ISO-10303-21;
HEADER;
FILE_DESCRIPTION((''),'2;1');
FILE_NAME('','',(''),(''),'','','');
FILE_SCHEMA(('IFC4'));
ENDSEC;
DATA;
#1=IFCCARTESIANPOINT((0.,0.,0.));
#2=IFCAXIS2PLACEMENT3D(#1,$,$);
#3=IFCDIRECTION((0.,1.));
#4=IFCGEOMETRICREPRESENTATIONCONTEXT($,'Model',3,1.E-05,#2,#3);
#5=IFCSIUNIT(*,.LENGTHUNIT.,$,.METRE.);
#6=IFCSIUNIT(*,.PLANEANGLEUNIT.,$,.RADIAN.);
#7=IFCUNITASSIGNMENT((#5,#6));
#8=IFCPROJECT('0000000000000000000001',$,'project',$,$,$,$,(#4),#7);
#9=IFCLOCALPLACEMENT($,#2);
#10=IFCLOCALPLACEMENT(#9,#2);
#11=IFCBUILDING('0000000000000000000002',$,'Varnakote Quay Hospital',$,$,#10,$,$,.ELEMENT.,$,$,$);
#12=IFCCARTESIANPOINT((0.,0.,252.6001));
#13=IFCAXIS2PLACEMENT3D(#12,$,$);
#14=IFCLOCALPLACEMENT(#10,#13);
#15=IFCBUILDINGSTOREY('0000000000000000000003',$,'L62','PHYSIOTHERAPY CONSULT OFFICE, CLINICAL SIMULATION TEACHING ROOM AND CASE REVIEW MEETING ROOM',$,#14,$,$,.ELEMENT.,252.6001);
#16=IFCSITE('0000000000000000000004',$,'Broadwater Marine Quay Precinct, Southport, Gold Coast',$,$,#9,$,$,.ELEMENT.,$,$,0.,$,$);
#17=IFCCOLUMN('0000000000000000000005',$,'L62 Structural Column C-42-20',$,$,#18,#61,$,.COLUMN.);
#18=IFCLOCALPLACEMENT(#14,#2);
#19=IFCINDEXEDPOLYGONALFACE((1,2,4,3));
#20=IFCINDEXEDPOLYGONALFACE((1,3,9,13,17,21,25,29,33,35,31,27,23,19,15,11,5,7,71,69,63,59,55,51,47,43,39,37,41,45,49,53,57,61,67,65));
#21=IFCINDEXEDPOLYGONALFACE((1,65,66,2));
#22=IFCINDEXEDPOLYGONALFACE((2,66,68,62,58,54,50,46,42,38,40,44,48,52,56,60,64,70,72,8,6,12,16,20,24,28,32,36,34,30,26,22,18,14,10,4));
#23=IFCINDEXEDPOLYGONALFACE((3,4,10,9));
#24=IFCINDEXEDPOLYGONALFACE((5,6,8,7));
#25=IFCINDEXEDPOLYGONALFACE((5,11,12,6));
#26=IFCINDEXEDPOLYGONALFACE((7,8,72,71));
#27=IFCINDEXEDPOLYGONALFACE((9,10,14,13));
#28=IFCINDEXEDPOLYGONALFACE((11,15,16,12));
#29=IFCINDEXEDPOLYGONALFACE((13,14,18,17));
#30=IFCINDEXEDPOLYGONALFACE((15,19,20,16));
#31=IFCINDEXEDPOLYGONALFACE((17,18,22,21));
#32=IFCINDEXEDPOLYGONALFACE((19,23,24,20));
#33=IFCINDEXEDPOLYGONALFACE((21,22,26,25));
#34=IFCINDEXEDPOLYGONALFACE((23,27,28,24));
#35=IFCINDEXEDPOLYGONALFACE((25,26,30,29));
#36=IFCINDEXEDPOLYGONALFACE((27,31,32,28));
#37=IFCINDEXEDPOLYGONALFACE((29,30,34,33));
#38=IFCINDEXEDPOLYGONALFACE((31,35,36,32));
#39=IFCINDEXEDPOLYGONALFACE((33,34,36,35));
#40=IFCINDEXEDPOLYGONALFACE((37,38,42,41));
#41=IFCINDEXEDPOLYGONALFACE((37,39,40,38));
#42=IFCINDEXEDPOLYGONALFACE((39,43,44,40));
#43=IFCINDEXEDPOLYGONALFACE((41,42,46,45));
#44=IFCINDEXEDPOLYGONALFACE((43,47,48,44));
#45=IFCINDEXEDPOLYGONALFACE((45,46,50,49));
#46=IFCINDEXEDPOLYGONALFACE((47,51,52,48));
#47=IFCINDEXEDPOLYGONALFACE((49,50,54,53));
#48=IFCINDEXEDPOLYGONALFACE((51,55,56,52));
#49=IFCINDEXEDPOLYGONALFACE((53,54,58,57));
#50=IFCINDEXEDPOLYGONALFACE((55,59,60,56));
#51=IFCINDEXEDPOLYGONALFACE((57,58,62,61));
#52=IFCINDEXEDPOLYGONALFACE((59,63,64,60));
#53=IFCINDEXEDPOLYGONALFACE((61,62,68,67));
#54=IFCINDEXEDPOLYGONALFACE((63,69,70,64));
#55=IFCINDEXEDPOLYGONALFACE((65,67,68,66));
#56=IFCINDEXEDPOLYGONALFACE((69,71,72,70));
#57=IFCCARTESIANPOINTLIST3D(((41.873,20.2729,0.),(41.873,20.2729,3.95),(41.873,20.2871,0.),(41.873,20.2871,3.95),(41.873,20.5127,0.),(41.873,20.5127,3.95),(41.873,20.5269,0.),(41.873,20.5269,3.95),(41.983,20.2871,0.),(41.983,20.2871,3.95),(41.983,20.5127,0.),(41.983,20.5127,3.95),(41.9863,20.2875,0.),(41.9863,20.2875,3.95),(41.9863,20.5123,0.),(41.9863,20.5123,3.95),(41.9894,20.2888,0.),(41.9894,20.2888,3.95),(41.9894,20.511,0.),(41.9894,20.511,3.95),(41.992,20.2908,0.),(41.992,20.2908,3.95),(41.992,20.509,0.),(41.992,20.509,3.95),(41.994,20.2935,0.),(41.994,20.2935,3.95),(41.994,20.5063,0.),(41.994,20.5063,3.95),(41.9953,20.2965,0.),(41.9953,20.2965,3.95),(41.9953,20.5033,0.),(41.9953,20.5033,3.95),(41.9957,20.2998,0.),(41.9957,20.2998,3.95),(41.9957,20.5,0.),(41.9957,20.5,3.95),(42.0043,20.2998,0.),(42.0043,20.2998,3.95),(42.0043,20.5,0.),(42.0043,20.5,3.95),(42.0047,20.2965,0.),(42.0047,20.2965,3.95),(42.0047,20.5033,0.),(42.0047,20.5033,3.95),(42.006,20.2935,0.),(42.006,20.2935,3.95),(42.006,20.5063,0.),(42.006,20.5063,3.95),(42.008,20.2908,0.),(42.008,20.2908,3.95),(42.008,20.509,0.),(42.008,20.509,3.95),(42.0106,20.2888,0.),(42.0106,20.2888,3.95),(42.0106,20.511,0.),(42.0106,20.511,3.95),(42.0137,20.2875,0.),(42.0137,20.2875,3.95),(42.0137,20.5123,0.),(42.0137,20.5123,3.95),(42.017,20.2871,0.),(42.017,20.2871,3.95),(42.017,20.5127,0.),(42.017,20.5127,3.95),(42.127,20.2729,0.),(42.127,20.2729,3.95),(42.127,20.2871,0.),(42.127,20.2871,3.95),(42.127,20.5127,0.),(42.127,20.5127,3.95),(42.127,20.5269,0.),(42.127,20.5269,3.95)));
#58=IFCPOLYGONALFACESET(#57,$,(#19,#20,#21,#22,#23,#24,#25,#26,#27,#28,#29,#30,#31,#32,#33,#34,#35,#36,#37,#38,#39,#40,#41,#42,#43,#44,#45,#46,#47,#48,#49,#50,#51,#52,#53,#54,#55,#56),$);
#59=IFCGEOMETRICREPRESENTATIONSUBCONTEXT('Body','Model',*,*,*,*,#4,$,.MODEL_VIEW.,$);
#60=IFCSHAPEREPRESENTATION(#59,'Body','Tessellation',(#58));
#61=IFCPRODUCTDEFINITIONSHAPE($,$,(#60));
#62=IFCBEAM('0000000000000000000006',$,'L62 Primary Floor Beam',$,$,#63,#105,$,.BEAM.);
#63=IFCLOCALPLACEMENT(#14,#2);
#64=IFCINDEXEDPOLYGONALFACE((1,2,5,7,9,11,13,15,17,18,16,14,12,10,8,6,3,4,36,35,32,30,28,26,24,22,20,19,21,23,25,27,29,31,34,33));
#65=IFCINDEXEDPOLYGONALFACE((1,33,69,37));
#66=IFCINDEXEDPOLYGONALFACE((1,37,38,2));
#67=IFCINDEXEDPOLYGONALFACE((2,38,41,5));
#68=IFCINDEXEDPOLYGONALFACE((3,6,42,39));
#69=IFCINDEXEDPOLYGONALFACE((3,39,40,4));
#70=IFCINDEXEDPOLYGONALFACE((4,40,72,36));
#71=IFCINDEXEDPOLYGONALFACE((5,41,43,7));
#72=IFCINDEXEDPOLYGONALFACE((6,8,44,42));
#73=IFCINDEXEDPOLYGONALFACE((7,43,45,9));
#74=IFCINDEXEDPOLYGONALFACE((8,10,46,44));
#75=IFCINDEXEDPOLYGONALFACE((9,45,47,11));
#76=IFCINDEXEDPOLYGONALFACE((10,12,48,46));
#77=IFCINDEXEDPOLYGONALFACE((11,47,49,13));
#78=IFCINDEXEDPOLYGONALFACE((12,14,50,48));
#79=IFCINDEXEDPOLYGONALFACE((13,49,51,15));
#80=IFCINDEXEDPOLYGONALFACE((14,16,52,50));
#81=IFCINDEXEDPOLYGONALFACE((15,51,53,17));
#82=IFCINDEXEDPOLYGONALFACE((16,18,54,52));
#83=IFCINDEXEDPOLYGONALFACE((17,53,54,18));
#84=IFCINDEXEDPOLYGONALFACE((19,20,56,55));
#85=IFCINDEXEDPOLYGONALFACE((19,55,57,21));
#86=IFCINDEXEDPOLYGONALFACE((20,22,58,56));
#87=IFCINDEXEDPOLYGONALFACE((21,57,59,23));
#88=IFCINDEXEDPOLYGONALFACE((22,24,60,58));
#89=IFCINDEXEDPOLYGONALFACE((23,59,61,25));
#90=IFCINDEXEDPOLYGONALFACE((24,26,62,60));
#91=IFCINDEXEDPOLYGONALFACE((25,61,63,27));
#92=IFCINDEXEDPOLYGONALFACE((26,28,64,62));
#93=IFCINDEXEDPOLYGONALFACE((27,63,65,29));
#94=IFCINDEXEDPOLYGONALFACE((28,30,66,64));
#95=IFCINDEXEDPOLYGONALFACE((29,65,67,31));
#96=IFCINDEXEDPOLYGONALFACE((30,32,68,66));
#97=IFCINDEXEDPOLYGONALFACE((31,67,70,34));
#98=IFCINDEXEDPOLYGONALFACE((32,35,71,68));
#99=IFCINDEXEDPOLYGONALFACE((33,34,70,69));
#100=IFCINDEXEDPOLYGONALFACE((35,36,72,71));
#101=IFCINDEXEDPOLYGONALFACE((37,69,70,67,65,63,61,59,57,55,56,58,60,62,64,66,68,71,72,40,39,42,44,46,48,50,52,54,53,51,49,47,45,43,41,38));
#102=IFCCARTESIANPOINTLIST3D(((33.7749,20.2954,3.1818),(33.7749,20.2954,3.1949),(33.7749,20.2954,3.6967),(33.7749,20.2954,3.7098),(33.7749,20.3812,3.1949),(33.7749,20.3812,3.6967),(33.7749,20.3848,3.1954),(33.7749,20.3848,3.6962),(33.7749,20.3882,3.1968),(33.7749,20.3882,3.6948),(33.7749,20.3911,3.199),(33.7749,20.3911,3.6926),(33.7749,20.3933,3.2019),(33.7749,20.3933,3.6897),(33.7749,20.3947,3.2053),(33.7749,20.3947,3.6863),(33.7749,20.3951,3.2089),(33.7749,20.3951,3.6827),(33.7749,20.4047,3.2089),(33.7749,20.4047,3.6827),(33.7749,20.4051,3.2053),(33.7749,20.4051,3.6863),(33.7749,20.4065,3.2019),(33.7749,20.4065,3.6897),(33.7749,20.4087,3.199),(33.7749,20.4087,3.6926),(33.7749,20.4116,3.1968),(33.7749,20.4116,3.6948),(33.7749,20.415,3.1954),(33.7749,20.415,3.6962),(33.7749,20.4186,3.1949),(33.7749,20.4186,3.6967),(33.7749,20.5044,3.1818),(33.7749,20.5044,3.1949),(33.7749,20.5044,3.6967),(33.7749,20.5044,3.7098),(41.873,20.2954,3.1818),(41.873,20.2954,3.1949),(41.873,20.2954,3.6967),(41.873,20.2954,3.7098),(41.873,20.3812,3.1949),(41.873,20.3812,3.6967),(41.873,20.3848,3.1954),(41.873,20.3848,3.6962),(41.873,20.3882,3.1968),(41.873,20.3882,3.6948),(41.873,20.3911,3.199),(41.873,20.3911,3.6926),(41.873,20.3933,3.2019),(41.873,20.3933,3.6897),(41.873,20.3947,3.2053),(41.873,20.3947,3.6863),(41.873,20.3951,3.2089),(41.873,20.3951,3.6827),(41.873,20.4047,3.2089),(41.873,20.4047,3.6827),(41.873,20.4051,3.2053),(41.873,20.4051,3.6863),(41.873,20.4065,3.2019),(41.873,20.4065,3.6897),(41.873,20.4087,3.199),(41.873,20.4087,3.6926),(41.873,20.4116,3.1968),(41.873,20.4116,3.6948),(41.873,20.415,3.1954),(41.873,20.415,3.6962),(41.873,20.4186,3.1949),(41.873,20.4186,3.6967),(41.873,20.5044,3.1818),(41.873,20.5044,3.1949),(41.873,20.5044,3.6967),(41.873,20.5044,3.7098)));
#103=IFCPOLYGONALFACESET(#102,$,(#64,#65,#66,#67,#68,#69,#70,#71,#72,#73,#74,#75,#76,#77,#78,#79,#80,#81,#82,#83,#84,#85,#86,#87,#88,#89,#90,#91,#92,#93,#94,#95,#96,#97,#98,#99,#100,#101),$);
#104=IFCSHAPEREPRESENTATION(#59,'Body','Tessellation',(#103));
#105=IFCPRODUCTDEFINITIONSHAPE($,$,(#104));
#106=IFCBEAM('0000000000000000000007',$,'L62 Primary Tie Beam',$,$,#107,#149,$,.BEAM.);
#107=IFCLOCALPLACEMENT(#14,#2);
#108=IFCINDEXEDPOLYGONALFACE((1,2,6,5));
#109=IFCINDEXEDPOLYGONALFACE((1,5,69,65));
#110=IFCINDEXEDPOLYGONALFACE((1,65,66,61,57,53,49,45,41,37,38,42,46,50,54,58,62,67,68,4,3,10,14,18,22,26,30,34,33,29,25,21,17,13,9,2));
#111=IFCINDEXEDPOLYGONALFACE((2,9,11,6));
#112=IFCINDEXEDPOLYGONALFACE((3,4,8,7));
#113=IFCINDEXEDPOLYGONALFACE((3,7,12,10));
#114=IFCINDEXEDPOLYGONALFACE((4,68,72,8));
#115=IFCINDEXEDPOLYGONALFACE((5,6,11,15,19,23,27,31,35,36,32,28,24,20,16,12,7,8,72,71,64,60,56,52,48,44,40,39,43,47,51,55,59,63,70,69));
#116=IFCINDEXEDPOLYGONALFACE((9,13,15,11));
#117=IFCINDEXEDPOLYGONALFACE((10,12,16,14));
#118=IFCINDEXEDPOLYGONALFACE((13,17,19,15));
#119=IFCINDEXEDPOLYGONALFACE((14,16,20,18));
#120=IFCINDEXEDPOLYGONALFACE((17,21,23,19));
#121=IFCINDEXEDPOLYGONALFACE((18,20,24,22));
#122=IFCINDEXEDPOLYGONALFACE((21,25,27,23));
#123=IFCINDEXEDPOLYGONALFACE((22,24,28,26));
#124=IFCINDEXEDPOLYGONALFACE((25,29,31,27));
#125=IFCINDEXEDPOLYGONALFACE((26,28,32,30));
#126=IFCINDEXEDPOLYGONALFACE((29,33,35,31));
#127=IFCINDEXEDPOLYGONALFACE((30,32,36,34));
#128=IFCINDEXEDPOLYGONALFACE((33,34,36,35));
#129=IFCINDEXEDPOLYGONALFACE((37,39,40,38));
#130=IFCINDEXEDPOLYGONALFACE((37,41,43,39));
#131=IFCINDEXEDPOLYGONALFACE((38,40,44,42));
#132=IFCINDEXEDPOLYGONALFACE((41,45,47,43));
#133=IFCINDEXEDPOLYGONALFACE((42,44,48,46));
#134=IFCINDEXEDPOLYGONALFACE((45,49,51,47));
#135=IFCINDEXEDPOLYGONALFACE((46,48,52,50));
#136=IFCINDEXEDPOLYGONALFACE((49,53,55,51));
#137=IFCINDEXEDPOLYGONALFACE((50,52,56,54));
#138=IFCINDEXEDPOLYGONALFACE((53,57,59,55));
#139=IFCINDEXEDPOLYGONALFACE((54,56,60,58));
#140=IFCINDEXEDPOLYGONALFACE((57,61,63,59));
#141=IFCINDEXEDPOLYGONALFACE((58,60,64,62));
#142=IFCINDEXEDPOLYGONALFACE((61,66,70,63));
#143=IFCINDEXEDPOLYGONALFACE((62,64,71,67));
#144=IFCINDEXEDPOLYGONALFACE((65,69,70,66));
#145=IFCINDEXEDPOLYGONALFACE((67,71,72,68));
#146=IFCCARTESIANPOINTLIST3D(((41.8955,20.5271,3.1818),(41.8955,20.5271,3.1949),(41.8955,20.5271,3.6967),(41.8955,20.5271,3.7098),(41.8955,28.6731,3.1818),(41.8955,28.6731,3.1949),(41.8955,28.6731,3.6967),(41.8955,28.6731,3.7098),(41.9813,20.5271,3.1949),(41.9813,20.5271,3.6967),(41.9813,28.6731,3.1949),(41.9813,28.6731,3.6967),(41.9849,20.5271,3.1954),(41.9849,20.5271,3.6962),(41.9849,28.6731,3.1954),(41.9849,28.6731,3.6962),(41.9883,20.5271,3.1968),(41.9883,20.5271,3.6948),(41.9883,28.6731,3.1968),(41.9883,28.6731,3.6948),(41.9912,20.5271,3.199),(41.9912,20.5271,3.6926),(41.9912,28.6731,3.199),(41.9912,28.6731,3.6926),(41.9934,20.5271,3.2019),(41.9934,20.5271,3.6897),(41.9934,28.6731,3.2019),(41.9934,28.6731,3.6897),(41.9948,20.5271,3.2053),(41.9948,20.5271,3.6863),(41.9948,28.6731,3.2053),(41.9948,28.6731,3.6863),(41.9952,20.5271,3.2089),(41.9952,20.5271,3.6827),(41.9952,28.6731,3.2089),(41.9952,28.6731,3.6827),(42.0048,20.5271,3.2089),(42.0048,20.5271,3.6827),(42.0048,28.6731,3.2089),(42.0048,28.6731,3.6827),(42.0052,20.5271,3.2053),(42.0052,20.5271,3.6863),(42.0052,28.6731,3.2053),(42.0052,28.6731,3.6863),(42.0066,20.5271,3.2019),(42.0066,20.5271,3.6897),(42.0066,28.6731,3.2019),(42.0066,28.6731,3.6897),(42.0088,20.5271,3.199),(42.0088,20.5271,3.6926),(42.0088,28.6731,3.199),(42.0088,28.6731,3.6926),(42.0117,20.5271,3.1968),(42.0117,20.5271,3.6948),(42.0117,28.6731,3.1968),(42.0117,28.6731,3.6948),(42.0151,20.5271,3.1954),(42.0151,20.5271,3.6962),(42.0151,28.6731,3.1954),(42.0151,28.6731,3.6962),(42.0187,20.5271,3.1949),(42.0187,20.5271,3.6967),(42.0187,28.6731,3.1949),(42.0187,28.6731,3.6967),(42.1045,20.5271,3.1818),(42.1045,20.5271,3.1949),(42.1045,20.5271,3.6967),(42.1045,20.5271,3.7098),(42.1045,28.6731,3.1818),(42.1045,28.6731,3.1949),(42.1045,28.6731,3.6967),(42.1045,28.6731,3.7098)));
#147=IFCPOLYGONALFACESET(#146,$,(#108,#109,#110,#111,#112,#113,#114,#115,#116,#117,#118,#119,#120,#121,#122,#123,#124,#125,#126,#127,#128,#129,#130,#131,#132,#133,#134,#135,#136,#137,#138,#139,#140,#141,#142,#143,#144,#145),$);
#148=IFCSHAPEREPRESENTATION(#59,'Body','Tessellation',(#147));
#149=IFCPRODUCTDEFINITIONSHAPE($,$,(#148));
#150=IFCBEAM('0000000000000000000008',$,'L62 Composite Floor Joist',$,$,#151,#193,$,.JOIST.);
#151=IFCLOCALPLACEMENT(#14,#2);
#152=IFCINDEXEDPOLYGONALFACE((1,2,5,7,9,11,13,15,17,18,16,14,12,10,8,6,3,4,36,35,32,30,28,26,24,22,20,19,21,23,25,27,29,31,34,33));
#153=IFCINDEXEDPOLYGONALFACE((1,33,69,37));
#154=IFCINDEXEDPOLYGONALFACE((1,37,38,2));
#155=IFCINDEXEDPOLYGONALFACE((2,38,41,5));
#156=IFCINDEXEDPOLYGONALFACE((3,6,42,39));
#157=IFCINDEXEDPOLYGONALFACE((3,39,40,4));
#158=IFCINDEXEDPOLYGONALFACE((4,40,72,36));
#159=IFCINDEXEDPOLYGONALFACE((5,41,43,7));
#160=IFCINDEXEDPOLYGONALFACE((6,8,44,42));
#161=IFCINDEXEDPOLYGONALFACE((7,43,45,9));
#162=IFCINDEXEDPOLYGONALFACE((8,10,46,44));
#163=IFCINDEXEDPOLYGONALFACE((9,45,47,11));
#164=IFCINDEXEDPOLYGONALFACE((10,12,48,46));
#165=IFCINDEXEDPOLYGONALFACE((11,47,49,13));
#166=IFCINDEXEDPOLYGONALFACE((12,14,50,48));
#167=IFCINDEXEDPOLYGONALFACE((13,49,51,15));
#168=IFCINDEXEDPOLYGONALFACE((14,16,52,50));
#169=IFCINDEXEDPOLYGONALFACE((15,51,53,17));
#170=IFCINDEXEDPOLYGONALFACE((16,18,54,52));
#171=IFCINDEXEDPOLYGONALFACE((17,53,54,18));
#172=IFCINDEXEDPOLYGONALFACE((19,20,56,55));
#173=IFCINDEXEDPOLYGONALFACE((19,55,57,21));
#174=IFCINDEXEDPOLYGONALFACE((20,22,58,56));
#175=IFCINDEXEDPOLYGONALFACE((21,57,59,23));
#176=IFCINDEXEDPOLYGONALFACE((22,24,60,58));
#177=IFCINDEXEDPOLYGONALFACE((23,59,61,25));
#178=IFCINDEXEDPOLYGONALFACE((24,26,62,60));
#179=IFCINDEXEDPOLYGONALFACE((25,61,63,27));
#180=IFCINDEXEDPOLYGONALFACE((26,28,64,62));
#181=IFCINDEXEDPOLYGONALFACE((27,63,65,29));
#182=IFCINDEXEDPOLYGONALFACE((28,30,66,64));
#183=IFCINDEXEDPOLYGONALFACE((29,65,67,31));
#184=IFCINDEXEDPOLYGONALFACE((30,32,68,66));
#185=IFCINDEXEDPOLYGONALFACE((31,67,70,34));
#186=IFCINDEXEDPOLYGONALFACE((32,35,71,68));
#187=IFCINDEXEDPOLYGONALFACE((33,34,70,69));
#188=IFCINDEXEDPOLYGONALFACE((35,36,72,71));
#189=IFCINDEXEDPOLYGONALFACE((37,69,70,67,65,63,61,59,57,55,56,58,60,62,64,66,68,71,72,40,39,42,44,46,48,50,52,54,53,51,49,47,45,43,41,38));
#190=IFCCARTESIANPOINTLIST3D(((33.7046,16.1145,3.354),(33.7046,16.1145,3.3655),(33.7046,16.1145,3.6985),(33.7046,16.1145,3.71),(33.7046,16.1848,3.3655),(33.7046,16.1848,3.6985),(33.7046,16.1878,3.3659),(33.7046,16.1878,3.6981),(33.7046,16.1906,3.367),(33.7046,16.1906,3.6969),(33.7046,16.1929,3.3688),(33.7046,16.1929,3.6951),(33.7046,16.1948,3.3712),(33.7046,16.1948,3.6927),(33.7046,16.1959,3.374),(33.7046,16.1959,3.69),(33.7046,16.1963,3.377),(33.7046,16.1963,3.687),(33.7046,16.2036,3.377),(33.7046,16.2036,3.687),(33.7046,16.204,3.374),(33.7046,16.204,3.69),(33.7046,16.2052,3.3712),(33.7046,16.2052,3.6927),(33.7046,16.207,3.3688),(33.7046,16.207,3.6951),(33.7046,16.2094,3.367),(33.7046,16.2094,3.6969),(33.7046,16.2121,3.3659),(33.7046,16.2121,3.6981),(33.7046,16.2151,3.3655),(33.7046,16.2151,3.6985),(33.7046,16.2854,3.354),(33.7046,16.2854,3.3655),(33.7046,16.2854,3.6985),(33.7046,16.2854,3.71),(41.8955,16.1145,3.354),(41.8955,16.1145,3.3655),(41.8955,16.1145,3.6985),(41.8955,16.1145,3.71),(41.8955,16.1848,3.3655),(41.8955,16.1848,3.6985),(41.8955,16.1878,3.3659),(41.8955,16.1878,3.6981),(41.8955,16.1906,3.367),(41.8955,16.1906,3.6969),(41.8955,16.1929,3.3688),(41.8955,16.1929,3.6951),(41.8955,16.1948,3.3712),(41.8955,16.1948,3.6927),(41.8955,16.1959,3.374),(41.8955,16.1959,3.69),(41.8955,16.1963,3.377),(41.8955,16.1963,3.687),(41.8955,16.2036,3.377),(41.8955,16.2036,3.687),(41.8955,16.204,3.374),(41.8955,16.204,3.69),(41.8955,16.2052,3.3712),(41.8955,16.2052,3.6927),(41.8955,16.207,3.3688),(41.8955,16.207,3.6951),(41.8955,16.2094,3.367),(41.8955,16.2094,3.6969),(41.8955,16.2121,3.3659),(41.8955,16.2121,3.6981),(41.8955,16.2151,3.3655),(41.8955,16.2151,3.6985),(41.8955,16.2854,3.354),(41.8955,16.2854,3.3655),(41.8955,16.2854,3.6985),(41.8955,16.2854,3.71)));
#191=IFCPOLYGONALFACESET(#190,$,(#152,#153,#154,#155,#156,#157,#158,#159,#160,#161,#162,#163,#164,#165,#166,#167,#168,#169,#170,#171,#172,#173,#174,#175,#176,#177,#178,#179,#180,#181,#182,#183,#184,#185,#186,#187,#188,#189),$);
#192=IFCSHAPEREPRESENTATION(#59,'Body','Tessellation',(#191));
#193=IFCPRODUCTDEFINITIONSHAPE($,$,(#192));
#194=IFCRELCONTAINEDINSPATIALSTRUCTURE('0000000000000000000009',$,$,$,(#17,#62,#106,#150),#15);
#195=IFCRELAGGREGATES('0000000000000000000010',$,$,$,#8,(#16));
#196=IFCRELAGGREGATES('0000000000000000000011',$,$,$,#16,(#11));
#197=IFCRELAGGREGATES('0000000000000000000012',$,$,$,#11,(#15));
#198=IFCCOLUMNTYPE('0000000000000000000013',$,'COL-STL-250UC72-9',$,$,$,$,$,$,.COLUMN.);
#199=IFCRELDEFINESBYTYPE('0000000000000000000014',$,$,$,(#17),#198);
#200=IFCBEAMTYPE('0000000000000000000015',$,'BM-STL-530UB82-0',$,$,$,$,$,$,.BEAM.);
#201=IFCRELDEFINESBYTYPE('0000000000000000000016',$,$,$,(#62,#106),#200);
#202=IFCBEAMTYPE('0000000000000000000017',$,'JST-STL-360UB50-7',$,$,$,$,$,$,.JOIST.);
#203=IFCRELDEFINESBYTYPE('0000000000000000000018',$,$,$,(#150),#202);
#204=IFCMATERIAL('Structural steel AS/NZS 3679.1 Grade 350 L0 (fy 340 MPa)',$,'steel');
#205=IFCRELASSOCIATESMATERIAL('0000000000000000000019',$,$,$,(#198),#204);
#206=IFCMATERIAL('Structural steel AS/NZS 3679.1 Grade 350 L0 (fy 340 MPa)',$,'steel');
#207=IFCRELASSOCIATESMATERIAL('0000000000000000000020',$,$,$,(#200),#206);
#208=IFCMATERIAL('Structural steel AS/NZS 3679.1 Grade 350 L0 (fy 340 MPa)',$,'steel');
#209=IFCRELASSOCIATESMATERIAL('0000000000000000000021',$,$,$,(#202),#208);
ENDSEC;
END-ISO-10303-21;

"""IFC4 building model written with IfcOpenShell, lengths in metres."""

from ifc_helpers import new_model, si_unit, direction, frame, origin, origin_2d, place, context, subcontext, project, spatial, i_section, extrude, material, material_profile, profile_set, type_object, element, save


model = new_model("IFC4")

# Units and contexts
model_context = context("Model", 3, precision=1e-05, world=origin(), true_north=direction((0.0, 1.0)))
body_context = subcontext(model_context, "Body", "Model", "MODEL_VIEW")
ifc_project = project(units=[si_unit("LENGTHUNIT", "METRE"), si_unit("PLANEANGLEUNIT", "RADIAN")], contexts=[model_context])

# Site, building, storey
site_placement = place(None, origin())
site = spatial("IfcSite", under=ifc_project, at=site_placement, Name="Broadwater Marine Quay Precinct, Southport, Gold Coast", CompositionType="ELEMENT", RefElevation=0.0)
building_placement = place(site_placement, origin())
building = spatial("IfcBuilding", under=site, at=building_placement, Name="Varnakote Quay Hospital", CompositionType="ELEMENT")
storey_placement = place(building_placement, frame((0.0, 0.0, 252.6001)))
storey = spatial("IfcBuildingStorey", under=building, at=storey_placement, Name="L62", Description="PHYSIOTHERAPY CONSULT OFFICE, CLINICAL SIMULATION TEACHING ROOM AND CASE REVIEW MEETING ROOM", CompositionType="ELEMENT", Elevation=252.6001)

# Column
ifc_material_1 = material(Name="Structural steel AS/NZS 3679.1 Grade 350 L0 (fy 340 MPa)", Category="steel")
ifc_material_profile_1 = material_profile(ifc_material_1, i_section(OverallWidth=0.2539, OverallDepth=0.2539, WebThickness=0.0085, FlangeThickness=0.0142, FilletRadius=0.0127, at=origin_2d()), Name="250UC72.9")
ifc_profile_set_1 = profile_set([ifc_material_profile_1], Name="Structural steel AS/NZS 3679.1 Grade 350 L0 (fy 340 MPa)")
column_type = type_object("IfcColumnType", Name="COL-STL-250UC72-9", PredefinedType="COLUMN", material=ifc_profile_set_1)
column_placement = place(storey_placement, frame((42.0, 20.3999, 0.0), z_axis=(0.0, 0.0, 1.0), x_axis=(1.0, 0.0, 0.0)))
element("IfcColumn", 1, at=column_placement, inside=storey, type_object=column_type, Name="L62 Structural Column C-42-20", PredefinedType="COLUMN", context=body_context, shape_type="SweptSolid", body=[
    extrude(i_section(OverallWidth=0.2539, OverallDepth=0.2539, WebThickness=0.0085, FlangeThickness=0.0142, FilletRadius=0.0127, at=origin_2d()), origin(), (0.0, 0.0, 1.0), 3.95),
])

# Beams
ifc_material_2 = material(Name="Structural steel AS/NZS 3679.1 Grade 350 L0 (fy 340 MPa)", Category="steel")
ifc_material_profile_2 = material_profile(ifc_material_2, i_section(OverallWidth=0.209, OverallDepth=0.5281, WebThickness=0.0095, FlangeThickness=0.0132, FilletRadius=0.0139, at=origin_2d()), Name="530UB82.0")
ifc_profile_set_2 = profile_set([ifc_material_profile_2], Name="Structural steel AS/NZS 3679.1 Grade 350 L0 (fy 340 MPa)")
beam_type_1 = type_object("IfcBeamType", Name="BM-STL-530UB82-0", PredefinedType="BEAM", material=ifc_profile_set_2)
beam_1_placement = place(storey_placement, frame((33.7749, 20.3999, 3.4458), z_axis=(1.0, 0.0, 0.0), x_axis=(0.0, 1.0, 0.0)))
element("IfcBeam", 2, at=beam_1_placement, inside=storey, type_object=beam_type_1, Name="L62 Primary Floor Beam", PredefinedType="BEAM", context=body_context, shape_type="SweptSolid", body=[
    extrude(i_section(OverallWidth=0.209, OverallDepth=0.5281, WebThickness=0.0095, FlangeThickness=0.0132, FilletRadius=0.0139, at=origin_2d()), origin(), (0.0, 0.0, 1.0), 8.0981),
])
beam_2_placement = place(storey_placement, frame((42.0, 20.5271, 3.4458), z_axis=(0.0, 1.0, 0.0), x_axis=(-1.0, 0.0, 0.0)))
element("IfcBeam", 3, at=beam_2_placement, inside=storey, type_object=beam_type_1, Name="L62 Primary Tie Beam", PredefinedType="BEAM", context=body_context, shape_type="SweptSolid", body=[
    extrude(i_section(OverallWidth=0.209, OverallDepth=0.5281, WebThickness=0.0095, FlangeThickness=0.0132, FilletRadius=0.0139, at=origin_2d()), origin(), (0.0, 0.0, 1.0), 8.146),
])
ifc_material_3 = material(Name="Structural steel AS/NZS 3679.1 Grade 350 L0 (fy 340 MPa)", Category="steel")
ifc_material_profile_3 = material_profile(ifc_material_3, i_section(OverallWidth=0.1709, OverallDepth=0.356, WebThickness=0.0073, FlangeThickness=0.0115, FilletRadius=0.0115, at=origin_2d()), Name="360UB50.7")
ifc_profile_set_3 = profile_set([ifc_material_profile_3], Name="Structural steel AS/NZS 3679.1 Grade 350 L0 (fy 340 MPa)")
beam_type_2 = type_object("IfcBeamType", Name="JST-STL-360UB50-7", PredefinedType="JOIST", material=ifc_profile_set_3)
for number, where, z_axis, x_axis, name in (
    (4, (33.7046, 16.2, 3.532), (1.0, 0.0, 0.0), (0.0, 1.0, 0.0), "L62 Composite Floor Joist"),
):
    element("IfcBeam", number, at=place(storey_placement, frame(where, z_axis=z_axis, x_axis=x_axis)), inside=storey, type_object=beam_type_2, Name=name, PredefinedType="JOIST", context=body_context, shape_type="SweptSolid", body=[
        extrude(i_section(OverallWidth=0.1709, OverallDepth=0.356, WebThickness=0.0073, FlangeThickness=0.0115, FilletRadius=0.0115, at=origin_2d()), origin(), (0.0, 0.0, 1.0), 8.1909),
    ])

save(model, "model.ifc")
